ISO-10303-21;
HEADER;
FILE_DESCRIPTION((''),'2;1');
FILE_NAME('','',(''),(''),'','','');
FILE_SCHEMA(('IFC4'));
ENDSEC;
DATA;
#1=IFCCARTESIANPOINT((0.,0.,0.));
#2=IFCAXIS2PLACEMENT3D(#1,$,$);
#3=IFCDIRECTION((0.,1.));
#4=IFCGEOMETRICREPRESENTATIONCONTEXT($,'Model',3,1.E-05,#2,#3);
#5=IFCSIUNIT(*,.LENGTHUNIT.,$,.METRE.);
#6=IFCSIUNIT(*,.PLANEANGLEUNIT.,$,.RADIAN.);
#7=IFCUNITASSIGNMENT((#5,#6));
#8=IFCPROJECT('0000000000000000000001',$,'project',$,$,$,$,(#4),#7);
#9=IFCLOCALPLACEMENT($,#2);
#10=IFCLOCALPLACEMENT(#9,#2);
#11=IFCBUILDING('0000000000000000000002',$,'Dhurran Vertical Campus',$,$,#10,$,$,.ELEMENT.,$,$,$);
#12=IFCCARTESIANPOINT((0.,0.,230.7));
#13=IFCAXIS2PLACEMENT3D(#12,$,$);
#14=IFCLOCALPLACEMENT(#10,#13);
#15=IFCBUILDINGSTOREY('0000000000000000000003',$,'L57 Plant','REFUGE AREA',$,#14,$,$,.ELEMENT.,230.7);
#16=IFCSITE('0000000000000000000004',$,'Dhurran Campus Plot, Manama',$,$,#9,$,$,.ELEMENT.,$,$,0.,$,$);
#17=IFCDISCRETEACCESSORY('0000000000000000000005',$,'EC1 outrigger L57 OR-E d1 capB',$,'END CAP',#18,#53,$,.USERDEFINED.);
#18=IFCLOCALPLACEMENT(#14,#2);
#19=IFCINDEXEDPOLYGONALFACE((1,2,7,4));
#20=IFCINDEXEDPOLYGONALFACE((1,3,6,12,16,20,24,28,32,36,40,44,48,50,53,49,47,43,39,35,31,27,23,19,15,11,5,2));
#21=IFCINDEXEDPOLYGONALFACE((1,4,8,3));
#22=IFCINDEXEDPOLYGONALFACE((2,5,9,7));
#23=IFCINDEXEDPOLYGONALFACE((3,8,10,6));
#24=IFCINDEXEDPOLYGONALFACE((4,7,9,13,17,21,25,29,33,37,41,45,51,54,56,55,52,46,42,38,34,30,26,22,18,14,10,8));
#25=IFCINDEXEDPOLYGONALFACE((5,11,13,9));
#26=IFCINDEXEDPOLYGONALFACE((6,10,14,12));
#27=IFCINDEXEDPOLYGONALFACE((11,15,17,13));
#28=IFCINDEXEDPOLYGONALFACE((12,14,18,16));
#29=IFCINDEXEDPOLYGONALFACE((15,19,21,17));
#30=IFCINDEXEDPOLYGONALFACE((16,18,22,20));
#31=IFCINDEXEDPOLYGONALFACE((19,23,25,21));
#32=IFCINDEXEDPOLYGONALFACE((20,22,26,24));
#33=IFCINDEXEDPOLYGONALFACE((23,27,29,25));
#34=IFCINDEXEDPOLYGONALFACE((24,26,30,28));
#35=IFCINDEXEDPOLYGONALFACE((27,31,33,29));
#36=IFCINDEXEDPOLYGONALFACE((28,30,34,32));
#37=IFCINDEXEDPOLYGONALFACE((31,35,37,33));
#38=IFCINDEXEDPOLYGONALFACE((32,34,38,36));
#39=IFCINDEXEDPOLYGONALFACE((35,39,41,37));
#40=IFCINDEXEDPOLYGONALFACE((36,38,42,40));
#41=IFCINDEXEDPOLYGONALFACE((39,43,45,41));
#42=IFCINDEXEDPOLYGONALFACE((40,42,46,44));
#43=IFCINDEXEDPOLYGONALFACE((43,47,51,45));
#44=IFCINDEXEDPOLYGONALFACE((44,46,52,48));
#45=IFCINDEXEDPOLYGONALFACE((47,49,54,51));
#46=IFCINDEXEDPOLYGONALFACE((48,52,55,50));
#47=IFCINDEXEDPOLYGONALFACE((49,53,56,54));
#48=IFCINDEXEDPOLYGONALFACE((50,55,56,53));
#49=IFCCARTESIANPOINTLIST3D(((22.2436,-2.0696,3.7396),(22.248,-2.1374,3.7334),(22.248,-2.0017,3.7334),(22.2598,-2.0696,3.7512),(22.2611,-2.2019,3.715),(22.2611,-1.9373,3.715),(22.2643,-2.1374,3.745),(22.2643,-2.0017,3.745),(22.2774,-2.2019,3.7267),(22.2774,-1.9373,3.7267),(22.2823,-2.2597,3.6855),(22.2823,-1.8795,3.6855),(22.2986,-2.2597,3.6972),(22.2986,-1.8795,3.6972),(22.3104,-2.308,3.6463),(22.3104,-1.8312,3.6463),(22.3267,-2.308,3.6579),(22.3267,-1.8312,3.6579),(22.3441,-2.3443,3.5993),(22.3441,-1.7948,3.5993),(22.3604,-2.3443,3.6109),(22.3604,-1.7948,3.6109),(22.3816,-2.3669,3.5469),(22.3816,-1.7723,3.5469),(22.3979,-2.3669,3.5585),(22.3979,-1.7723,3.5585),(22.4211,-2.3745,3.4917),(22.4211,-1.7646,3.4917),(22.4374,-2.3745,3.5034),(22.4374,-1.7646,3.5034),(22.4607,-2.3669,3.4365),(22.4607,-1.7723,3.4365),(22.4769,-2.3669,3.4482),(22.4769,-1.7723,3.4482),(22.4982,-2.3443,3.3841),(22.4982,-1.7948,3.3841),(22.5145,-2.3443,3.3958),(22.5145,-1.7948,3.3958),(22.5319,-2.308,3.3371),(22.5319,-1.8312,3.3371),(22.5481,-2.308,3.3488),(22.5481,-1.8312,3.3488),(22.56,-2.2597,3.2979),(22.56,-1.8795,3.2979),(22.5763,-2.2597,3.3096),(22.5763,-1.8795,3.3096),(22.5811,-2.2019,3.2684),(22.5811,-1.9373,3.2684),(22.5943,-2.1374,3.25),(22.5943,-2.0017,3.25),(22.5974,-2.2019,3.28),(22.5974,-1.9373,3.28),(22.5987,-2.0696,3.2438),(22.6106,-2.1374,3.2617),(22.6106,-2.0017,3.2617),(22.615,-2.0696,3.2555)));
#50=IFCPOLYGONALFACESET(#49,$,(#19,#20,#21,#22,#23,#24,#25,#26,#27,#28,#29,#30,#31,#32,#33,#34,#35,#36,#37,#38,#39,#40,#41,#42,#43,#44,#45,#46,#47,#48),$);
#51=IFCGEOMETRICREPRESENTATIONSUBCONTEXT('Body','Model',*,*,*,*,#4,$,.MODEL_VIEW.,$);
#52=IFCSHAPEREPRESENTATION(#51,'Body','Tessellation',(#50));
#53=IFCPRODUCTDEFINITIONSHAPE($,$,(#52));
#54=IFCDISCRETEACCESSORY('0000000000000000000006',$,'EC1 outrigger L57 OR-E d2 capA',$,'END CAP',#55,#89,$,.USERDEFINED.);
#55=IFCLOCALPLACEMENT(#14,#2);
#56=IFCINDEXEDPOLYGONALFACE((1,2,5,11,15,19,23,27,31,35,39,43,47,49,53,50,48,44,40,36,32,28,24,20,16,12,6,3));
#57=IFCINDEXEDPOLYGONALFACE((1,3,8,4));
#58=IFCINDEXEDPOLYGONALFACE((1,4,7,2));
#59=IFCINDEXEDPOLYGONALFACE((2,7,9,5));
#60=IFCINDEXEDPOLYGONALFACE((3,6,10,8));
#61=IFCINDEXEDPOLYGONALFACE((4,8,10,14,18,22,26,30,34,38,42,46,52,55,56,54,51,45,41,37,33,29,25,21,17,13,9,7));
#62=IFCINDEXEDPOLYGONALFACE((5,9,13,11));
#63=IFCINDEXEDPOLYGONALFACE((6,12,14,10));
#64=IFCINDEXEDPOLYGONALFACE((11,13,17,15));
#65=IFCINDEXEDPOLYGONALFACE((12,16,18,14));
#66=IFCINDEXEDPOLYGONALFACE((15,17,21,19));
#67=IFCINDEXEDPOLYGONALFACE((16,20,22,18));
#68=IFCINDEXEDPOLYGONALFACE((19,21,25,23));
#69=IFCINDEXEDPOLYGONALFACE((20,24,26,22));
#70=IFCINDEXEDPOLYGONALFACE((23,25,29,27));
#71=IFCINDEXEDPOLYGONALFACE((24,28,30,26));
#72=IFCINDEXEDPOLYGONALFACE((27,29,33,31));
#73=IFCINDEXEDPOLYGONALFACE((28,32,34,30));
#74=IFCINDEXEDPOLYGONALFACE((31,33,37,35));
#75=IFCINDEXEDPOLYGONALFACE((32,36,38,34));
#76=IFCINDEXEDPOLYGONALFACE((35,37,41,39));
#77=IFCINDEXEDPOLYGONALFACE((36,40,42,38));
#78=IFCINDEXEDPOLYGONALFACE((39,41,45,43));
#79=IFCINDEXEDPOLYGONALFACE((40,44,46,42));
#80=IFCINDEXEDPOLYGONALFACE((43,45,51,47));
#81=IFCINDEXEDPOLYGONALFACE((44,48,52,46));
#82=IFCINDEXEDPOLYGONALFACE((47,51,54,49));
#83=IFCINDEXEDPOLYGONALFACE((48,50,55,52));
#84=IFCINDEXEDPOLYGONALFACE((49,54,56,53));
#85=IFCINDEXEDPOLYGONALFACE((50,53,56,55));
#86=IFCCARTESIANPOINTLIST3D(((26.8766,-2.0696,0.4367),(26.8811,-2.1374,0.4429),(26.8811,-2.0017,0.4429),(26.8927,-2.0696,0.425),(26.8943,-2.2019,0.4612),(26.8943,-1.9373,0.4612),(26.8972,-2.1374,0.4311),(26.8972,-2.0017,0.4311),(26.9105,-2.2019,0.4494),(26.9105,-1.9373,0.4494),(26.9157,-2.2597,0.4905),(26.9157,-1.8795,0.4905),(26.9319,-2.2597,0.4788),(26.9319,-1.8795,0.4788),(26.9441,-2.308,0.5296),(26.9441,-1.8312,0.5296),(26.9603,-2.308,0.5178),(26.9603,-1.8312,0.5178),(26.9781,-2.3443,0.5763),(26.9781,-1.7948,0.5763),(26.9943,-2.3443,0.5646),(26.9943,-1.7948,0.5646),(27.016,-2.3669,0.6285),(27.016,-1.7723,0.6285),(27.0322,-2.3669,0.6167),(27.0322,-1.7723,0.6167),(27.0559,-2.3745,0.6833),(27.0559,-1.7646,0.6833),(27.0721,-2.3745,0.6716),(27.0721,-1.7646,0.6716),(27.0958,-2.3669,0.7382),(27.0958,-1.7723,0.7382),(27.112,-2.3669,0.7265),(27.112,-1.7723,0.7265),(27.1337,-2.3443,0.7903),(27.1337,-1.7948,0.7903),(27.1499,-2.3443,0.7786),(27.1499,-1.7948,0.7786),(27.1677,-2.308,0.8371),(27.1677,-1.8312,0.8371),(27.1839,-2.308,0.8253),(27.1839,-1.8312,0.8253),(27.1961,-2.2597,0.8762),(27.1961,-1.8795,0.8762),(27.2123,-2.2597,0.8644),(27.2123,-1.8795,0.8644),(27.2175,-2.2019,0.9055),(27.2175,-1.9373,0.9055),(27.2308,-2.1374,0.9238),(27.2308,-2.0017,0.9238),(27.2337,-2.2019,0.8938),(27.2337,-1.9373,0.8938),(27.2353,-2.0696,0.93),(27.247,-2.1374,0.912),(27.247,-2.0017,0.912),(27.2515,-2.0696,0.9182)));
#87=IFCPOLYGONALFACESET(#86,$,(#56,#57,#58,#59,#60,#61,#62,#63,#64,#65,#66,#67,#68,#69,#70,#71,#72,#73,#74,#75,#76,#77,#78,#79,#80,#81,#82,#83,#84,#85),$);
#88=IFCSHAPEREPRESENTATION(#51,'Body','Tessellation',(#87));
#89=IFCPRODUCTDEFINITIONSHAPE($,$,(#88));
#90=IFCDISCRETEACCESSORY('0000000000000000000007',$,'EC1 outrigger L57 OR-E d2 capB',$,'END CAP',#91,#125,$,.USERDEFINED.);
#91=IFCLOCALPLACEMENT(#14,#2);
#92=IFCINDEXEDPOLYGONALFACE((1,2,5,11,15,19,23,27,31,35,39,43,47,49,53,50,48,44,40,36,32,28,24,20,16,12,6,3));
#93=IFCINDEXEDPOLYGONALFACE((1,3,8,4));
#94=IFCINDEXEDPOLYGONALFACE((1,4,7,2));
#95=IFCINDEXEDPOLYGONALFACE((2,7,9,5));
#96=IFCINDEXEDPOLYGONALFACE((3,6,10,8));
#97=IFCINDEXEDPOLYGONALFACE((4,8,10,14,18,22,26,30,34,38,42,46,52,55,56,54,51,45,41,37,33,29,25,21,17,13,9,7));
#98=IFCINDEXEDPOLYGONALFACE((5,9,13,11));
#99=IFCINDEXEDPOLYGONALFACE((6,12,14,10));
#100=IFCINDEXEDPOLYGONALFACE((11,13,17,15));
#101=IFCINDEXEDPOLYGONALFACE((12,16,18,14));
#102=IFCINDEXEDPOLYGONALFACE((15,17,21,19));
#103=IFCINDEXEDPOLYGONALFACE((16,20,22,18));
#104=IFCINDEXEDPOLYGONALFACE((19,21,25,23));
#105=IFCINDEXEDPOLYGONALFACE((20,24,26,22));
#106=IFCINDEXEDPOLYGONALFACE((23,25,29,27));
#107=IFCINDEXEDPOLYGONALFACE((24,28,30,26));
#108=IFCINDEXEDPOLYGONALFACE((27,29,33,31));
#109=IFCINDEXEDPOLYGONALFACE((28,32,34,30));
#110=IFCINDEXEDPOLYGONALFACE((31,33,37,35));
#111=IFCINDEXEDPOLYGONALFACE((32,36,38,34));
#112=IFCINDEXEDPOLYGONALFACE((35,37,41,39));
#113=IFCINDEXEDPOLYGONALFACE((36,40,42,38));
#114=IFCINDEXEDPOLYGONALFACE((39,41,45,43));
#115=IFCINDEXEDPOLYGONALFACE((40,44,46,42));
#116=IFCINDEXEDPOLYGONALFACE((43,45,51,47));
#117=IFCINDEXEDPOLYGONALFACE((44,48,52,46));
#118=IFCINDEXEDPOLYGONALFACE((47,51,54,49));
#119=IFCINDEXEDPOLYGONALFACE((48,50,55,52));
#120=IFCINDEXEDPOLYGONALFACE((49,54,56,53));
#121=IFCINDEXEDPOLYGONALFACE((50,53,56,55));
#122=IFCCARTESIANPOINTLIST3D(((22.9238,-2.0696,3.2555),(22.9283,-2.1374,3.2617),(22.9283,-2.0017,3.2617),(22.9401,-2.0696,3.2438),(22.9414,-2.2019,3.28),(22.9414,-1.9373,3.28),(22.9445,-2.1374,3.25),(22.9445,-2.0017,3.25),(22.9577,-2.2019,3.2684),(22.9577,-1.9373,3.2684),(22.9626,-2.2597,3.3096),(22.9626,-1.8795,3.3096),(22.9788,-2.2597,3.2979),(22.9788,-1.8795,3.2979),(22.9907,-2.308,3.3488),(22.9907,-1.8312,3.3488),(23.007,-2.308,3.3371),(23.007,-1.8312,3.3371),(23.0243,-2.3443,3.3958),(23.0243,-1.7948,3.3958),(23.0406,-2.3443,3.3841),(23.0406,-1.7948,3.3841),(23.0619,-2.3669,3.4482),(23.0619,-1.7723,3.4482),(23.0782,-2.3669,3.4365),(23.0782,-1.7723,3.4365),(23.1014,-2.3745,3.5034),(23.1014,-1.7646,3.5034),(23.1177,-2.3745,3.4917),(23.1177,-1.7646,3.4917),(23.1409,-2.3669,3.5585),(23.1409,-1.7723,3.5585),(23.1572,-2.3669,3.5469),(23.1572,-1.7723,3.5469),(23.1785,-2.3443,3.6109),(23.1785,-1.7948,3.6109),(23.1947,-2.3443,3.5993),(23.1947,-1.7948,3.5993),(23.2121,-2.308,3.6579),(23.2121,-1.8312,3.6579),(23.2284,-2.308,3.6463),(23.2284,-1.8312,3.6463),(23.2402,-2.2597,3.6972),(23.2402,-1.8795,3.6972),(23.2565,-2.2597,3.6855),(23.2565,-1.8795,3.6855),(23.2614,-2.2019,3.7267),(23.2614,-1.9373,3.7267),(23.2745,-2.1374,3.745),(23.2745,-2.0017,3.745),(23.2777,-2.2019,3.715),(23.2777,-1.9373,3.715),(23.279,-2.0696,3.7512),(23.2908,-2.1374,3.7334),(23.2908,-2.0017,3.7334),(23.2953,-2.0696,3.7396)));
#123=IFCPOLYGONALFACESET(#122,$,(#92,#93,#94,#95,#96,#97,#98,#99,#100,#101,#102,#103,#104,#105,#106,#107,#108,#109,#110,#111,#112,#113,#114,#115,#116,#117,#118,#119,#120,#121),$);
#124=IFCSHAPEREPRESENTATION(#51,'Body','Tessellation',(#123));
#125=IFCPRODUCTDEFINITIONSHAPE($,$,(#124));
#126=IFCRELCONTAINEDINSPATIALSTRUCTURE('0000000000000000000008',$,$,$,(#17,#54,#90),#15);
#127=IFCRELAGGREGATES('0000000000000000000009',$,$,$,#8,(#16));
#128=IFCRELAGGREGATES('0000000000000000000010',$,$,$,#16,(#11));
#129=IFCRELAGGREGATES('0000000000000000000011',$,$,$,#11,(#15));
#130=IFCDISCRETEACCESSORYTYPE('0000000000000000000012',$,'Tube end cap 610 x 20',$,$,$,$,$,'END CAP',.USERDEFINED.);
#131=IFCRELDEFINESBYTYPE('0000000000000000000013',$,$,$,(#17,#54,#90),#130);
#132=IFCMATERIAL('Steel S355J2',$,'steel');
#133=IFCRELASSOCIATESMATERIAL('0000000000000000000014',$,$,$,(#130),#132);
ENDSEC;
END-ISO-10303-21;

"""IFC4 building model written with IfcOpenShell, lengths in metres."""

from ifc_helpers import new_model, si_unit, direction, frame, origin, origin_2d, place, context, subcontext, project, spatial, circle, extrude, material, material_profile, profile_set, type_object, element, save


model = new_model("IFC4")

# Units and contexts
model_context = context("Model", 3, precision=1e-05, world=origin(), true_north=direction((0.0, 1.0)))
body_context = subcontext(model_context, "Body", "Model", "MODEL_VIEW")
ifc_project = project(units=[si_unit("LENGTHUNIT", "METRE"), si_unit("PLANEANGLEUNIT", "RADIAN")], contexts=[model_context])

# Site, building, storey
site_placement = place(None, origin())
site = spatial("IfcSite", under=ifc_project, at=site_placement, Name="Dhurran Campus Plot, Manama", CompositionType="ELEMENT", RefElevation=0.0)
building_placement = place(site_placement, origin())
building = spatial("IfcBuilding", under=site, at=building_placement, Name="Dhurran Vertical Campus", CompositionType="ELEMENT")
storey_placement = place(building_placement, frame((0.0, 0.0, 230.7)))
storey = spatial("IfcBuildingStorey", under=building, at=storey_placement, Name="L57 Plant", Description="REFUGE AREA", CompositionType="ELEMENT", Elevation=230.7)

# Discrete accessories
ifc_material_1 = material(Name="Steel S355J2", Category="steel")
ifc_material_profile_1 = material_profile(ifc_material_1, circle(Radius=0.3049, at=origin_2d()), Name="Tube end cap 610 x 20")
ifc_profile_set_1 = profile_set([ifc_material_profile_1], Name="Steel S355J2")
discrete_accessory_type_1 = type_object("IfcDiscreteAccessoryType", Name="Tube end cap 610 x 20", ElementType="END CAP", PredefinedType="USERDEFINED", material=ifc_profile_set_1)
for number, where, z_axis, x_axis, name in (
    (1, (22.4211, -2.0696, 3.4917), (0.812913, 0.0, 0.582385), (0.0, 1.0, 0.0), "EC1 outrigger L57 OR-E d1 capB"),
    (2, (27.0559, -2.0696, 0.6833), (0.808736, 0.0, -0.588172), (0.0, 1.0, 0.0), "EC1 outrigger L57 OR-E d2 capA"),
    (3, (23.1177, -2.0696, 3.4917), (-0.812913, 0.0, 0.582385), (0.0, -1.0, 0.0), "EC1 outrigger L57 OR-E d2 capB"),
):
    element("IfcDiscreteAccessory", number, at=place(storey_placement, frame(where, z_axis=z_axis, x_axis=x_axis)), inside=storey, type_object=discrete_accessory_type_1, Name=name, ObjectType="END CAP", PredefinedType="USERDEFINED", context=body_context, shape_type="SweptSolid", body=[
        extrude(circle(Radius=0.3049, at=origin_2d()), origin(), (0.0, 0.0, 1.0), 0.02),
    ])

save(model, "model.ifc")
